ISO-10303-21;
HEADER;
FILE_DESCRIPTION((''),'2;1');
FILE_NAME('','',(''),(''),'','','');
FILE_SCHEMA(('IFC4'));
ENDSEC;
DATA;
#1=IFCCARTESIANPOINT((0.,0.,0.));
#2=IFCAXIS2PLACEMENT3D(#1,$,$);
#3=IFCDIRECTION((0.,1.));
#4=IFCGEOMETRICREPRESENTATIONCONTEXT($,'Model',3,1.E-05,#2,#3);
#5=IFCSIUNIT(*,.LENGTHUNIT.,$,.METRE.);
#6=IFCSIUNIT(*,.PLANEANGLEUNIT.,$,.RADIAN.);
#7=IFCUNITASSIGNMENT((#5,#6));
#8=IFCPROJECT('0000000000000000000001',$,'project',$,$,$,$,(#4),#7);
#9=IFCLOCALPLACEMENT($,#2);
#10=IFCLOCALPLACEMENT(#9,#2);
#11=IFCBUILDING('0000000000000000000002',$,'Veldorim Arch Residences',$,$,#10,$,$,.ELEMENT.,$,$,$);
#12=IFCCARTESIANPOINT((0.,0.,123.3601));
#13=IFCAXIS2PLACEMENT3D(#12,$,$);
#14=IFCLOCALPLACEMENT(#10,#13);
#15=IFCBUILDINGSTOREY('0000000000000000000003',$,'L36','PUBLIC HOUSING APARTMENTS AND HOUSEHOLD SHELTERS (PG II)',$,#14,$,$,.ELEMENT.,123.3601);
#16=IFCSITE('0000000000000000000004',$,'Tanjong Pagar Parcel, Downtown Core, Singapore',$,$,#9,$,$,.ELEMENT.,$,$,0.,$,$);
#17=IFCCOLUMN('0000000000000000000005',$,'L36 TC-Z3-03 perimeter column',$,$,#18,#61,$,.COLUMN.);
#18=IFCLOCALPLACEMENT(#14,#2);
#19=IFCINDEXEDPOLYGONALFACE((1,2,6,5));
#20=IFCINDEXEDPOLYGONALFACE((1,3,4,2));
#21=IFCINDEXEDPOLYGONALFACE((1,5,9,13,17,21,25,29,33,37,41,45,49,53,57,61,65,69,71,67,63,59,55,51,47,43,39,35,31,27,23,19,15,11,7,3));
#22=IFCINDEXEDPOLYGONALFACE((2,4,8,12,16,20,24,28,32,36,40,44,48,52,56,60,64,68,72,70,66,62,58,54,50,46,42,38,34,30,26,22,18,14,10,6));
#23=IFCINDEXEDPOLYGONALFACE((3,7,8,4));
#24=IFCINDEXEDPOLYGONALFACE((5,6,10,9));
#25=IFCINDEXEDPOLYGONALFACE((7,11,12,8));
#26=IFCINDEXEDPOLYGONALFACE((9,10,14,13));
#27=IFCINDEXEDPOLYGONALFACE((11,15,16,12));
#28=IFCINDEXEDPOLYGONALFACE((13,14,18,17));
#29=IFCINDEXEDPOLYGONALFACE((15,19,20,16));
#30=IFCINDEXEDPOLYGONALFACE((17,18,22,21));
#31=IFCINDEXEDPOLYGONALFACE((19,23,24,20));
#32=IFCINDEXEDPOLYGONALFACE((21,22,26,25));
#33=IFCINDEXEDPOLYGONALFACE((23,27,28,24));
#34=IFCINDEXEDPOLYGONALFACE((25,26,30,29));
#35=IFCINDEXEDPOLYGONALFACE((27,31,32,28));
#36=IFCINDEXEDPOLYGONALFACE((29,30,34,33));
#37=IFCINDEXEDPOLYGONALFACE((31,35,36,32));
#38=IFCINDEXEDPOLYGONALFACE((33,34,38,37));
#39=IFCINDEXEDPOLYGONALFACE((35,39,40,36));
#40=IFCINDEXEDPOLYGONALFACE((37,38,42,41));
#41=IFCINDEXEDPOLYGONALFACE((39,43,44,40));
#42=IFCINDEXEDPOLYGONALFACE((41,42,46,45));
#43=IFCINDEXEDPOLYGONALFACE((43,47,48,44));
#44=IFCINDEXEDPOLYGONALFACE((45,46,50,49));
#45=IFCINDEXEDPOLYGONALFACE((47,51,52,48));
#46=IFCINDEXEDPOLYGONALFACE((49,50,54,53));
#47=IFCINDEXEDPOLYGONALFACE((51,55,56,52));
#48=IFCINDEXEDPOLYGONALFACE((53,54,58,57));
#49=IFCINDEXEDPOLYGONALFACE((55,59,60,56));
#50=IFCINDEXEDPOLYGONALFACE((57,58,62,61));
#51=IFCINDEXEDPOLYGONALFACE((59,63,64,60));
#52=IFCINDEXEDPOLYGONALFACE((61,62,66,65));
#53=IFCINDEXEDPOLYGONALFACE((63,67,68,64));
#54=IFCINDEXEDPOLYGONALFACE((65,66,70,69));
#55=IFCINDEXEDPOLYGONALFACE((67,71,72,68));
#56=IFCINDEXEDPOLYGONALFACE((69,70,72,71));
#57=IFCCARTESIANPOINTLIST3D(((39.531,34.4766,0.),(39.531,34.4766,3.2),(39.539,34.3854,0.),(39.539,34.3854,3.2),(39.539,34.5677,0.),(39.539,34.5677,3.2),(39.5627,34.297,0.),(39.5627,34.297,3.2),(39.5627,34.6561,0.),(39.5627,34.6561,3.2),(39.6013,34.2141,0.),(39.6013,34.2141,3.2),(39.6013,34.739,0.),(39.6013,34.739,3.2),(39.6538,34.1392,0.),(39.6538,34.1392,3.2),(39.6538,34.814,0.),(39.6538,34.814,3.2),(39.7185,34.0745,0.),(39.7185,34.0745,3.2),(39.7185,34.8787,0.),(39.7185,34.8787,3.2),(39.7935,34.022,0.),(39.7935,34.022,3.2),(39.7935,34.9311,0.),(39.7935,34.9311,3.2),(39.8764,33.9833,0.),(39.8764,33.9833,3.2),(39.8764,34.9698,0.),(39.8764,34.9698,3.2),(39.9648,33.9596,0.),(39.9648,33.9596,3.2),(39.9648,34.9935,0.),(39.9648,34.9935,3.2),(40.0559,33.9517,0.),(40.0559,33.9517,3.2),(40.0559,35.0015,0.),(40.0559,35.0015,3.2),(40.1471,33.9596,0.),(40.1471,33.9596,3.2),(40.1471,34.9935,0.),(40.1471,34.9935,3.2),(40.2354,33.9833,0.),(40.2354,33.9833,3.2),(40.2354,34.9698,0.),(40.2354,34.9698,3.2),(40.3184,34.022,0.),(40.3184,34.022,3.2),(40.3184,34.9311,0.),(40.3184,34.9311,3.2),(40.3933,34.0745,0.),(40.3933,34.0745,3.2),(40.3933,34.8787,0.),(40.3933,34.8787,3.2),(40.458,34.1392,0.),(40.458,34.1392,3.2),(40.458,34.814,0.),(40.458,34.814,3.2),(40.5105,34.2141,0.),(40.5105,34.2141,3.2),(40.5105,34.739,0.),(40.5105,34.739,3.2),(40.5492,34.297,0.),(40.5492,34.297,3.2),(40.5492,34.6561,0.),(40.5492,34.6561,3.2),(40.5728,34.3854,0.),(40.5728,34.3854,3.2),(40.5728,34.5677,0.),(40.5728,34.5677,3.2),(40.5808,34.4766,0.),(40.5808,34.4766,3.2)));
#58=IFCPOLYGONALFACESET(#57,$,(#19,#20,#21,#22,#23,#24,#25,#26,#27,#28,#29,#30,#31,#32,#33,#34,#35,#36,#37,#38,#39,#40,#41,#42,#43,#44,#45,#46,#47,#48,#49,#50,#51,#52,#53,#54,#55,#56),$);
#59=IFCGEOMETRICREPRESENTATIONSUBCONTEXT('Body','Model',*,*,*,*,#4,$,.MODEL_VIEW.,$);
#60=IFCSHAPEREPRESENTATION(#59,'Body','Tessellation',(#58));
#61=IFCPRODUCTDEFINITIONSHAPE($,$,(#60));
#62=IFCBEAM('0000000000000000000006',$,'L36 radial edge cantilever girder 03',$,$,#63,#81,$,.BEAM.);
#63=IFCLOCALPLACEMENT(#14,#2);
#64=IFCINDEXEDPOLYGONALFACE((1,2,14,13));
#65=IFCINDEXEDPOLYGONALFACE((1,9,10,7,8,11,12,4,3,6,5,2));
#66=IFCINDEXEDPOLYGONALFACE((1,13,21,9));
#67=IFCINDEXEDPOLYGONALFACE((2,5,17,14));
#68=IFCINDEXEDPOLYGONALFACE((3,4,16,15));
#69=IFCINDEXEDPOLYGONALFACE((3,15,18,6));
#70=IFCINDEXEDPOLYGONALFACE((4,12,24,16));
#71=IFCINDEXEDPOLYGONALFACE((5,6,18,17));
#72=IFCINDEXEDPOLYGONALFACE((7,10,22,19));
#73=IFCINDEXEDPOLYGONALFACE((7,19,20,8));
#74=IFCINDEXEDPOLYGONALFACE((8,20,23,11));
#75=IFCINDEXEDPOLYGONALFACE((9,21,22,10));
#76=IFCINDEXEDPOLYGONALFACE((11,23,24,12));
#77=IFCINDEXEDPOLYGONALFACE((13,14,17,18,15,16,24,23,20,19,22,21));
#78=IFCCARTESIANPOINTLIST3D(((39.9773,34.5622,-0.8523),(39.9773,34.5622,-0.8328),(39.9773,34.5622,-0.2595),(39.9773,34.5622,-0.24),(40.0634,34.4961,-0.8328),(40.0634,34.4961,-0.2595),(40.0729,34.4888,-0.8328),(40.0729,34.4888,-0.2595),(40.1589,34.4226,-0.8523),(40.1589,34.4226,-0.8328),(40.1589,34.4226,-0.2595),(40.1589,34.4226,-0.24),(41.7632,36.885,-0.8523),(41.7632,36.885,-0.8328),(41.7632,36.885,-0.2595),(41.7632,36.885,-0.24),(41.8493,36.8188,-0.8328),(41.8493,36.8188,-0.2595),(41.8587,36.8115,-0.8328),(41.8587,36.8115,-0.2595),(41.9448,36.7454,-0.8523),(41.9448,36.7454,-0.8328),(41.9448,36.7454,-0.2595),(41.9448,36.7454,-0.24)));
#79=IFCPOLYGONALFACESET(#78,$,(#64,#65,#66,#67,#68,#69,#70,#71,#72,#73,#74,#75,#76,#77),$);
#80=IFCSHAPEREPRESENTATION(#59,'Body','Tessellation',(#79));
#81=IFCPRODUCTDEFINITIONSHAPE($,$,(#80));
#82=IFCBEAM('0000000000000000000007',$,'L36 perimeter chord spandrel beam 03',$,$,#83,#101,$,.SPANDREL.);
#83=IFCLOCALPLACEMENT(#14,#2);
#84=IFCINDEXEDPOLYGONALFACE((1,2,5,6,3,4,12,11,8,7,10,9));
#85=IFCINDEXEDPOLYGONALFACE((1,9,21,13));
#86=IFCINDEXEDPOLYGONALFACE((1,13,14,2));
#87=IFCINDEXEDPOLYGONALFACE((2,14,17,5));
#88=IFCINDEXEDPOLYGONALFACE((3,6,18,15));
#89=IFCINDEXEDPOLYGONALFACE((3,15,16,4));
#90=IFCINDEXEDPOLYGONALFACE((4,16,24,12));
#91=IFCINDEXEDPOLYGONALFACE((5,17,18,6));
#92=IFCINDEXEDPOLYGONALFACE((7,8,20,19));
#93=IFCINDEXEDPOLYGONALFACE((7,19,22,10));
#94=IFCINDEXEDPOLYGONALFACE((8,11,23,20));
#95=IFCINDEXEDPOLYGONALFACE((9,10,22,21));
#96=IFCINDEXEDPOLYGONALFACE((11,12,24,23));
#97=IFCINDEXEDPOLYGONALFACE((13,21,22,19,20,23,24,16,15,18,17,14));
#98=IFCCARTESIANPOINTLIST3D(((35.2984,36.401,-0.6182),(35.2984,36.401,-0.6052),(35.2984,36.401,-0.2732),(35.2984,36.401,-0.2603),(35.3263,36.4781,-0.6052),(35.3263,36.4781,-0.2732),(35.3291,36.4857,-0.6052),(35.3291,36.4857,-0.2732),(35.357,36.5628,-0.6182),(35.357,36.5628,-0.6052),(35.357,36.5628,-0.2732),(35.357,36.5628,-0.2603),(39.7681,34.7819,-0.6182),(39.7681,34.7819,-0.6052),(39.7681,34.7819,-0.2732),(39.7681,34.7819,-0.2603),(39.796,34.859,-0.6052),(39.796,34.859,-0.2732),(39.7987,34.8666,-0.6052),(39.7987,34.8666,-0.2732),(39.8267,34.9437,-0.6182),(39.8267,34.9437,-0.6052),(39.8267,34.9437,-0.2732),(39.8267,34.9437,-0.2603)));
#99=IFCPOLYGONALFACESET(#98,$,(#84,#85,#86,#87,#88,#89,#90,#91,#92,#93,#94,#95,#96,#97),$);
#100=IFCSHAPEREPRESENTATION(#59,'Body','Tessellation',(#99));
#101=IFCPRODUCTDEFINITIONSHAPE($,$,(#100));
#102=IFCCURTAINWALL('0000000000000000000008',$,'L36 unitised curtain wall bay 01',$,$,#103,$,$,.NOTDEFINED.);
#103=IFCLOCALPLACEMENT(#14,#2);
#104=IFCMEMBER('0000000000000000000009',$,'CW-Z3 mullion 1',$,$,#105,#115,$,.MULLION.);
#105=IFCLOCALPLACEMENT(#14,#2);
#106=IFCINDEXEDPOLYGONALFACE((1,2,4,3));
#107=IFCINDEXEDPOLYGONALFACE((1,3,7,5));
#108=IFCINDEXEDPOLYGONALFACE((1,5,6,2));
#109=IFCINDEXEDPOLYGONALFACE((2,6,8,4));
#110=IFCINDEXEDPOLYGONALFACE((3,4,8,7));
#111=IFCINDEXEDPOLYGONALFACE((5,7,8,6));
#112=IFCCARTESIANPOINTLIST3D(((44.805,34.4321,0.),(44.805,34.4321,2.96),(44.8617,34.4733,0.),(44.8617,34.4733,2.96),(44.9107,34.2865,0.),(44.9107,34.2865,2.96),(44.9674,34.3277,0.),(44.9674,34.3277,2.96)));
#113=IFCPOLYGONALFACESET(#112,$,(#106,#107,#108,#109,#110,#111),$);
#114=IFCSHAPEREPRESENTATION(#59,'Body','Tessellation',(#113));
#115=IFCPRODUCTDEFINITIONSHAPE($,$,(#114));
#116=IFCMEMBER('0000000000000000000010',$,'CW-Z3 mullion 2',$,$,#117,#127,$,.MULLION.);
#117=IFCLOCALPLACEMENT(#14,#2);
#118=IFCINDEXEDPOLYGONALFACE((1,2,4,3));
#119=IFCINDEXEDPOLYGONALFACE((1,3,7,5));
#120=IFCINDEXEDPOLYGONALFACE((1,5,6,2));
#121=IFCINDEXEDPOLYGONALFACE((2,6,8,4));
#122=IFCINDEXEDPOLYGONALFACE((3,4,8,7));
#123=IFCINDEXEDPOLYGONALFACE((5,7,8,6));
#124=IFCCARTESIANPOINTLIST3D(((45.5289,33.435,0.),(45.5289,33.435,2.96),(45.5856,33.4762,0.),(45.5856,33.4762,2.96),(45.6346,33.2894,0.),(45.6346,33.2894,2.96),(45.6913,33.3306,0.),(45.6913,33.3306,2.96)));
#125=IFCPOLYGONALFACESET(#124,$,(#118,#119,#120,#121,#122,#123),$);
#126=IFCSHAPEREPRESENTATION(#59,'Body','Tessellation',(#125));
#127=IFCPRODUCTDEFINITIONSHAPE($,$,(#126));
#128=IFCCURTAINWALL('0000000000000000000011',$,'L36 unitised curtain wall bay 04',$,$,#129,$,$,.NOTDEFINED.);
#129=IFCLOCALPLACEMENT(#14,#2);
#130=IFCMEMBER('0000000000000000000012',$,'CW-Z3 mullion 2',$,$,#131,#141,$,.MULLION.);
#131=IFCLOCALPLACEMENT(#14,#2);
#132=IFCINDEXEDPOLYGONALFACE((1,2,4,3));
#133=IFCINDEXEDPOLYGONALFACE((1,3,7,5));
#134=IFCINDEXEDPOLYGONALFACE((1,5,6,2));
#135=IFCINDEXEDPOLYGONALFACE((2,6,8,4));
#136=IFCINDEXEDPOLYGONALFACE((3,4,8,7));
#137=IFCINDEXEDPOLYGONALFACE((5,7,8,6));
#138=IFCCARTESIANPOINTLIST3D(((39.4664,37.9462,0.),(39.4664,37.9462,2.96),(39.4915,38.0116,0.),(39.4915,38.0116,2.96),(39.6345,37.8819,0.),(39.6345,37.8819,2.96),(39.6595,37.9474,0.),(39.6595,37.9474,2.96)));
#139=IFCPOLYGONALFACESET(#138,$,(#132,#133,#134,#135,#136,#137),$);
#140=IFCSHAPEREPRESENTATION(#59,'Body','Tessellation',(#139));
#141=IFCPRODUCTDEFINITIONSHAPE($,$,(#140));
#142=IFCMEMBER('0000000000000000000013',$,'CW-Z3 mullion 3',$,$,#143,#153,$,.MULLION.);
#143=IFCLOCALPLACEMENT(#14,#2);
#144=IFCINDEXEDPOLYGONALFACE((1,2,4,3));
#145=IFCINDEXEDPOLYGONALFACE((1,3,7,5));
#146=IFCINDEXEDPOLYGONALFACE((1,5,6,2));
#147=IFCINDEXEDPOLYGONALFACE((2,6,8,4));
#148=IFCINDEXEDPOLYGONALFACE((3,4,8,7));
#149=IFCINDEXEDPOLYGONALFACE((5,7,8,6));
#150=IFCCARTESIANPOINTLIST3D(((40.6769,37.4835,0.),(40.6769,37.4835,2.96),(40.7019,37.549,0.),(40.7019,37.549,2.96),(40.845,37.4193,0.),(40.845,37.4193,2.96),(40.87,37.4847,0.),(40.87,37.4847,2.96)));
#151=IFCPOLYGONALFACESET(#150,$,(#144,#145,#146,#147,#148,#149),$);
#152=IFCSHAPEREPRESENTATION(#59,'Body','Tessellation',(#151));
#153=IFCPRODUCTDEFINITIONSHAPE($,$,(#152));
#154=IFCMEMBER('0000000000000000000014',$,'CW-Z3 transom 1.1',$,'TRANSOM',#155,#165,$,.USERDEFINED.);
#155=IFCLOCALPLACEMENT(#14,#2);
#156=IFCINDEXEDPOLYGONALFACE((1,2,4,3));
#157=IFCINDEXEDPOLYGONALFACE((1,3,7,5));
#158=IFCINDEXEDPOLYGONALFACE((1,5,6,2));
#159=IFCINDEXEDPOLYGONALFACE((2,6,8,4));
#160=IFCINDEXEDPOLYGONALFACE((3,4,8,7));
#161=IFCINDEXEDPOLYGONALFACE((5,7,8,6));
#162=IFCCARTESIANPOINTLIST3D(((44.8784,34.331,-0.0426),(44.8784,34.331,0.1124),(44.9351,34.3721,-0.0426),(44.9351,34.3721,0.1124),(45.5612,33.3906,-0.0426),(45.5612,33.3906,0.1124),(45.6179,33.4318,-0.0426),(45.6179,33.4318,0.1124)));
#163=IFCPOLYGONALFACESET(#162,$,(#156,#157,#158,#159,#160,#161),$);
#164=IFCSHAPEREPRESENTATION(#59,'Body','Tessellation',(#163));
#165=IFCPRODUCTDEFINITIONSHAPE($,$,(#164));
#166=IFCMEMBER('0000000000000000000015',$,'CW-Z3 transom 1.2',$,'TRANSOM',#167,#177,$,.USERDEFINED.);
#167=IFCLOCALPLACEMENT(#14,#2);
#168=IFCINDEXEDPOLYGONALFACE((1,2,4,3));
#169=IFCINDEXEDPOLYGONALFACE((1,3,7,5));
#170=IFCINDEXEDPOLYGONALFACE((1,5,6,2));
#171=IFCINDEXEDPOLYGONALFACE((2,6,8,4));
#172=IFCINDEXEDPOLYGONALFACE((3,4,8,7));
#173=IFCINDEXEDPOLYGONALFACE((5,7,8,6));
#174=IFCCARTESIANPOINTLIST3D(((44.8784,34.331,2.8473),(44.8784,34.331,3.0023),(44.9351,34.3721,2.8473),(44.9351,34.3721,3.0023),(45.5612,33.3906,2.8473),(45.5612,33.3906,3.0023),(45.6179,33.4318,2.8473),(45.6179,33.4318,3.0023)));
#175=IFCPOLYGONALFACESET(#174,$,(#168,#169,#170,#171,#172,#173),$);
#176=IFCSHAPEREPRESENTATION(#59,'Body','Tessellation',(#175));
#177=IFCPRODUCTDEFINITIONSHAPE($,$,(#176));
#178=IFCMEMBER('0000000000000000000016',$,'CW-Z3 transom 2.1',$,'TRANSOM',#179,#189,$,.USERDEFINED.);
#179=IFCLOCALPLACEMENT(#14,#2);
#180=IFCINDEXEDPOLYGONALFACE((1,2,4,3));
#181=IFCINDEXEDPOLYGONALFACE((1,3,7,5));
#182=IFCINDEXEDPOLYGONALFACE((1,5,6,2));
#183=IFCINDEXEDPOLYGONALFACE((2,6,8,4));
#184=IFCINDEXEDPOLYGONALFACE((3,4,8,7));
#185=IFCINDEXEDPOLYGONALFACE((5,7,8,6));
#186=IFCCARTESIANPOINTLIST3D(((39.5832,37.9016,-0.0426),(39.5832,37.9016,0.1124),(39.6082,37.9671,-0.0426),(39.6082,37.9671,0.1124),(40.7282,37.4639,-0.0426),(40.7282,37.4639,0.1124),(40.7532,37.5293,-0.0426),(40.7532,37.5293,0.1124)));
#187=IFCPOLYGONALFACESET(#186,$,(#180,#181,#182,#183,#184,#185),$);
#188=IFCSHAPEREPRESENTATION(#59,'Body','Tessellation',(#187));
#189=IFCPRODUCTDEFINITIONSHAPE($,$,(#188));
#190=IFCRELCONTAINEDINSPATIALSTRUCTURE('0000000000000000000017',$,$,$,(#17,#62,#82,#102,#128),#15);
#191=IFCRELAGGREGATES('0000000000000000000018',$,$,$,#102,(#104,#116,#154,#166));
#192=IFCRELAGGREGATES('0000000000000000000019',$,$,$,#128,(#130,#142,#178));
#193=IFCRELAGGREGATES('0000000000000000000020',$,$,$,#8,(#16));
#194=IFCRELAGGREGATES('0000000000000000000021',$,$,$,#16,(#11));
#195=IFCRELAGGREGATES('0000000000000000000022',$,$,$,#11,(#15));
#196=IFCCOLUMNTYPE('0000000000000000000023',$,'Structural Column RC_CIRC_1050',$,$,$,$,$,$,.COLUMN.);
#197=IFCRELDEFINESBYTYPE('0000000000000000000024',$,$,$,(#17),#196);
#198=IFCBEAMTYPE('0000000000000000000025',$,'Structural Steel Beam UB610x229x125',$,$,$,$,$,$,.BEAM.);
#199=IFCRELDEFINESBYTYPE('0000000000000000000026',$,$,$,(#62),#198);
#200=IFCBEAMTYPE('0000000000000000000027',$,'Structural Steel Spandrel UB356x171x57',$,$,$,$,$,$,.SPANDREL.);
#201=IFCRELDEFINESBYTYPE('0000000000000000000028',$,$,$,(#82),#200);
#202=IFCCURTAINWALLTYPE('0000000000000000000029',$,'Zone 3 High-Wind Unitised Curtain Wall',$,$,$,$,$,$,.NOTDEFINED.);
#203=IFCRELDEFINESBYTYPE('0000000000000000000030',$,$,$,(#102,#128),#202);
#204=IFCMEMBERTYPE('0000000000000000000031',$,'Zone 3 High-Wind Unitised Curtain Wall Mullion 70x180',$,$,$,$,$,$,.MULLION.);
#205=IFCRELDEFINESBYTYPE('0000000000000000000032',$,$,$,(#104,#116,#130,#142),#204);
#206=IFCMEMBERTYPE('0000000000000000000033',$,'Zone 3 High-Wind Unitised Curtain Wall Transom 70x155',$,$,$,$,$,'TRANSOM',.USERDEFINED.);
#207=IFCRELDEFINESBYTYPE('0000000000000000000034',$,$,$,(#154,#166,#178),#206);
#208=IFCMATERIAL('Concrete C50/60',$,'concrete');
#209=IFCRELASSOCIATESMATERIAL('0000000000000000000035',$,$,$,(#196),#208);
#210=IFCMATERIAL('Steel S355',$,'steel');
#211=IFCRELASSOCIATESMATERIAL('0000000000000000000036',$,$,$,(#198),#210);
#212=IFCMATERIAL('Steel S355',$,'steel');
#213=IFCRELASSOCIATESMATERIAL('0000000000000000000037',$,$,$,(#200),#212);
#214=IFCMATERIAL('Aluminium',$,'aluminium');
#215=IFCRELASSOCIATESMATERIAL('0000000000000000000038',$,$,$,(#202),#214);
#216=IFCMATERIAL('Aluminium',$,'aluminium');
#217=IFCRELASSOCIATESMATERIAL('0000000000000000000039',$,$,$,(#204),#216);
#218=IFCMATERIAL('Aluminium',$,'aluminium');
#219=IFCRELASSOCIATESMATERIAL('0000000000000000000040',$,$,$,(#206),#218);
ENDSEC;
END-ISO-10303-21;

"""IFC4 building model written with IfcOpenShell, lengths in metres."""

from ifc_helpers import new_model, si_unit, direction, frame, origin, origin_2d, place, context, subcontext, project, spatial, rectangle, circle, i_section, extrude, material, material_profile, profile_set, type_object, element, aggregate, save


model = new_model("IFC4")

# Units and contexts
model_context = context("Model", 3, precision=1e-05, world=origin(), true_north=direction((0.0, 1.0)))
body_context = subcontext(model_context, "Body", "Model", "MODEL_VIEW")
ifc_project = project(units=[si_unit("LENGTHUNIT", "METRE"), si_unit("PLANEANGLEUNIT", "RADIAN")], contexts=[model_context])

# Site, building, storey
site_placement = place(None, origin())
site = spatial("IfcSite", under=ifc_project, at=site_placement, Name="Tanjong Pagar Parcel, Downtown Core, Singapore", CompositionType="ELEMENT", RefElevation=0.0)
building_placement = place(site_placement, origin())
building = spatial("IfcBuilding", under=site, at=building_placement, Name="Veldorim Arch Residences", CompositionType="ELEMENT")
storey_placement = place(building_placement, frame((0.0, 0.0, 123.3601)))
storey = spatial("IfcBuildingStorey", under=building, at=storey_placement, Name="L36", Description="PUBLIC HOUSING APARTMENTS AND HOUSEHOLD SHELTERS (PG II)", CompositionType="ELEMENT", Elevation=123.3601)

# Column
ifc_material_1 = material(Name="Concrete C50/60", Category="concrete")
ifc_material_profile_1 = material_profile(ifc_material_1, circle(Radius=0.5249, at=origin_2d()), Name="RC_CIRC_1050")
ifc_profile_set_1 = profile_set([ifc_material_profile_1], Name="Concrete C50/60")
column_type = type_object("IfcColumnType", Name="Structural Column RC_CIRC_1050", PredefinedType="COLUMN", material=ifc_profile_set_1)
column_placement = place(storey_placement, frame((40.0559, 34.4766, 0.0), z_axis=(0.0, 0.0, 1.0), x_axis=(1.0, 0.0, 0.0)))
element("IfcColumn", 1, at=column_placement, inside=storey, type_object=column_type, Name="L36 TC-Z3-03 perimeter column", PredefinedType="COLUMN", context=body_context, shape_type="SweptSolid", body=[
    extrude(circle(Radius=0.5249, at=origin_2d()), origin(), (0.0, 0.0, 1.0), 3.2),
])

# Beams
ifc_material_2 = material(Name="Steel S355", Category="steel")
ifc_material_profile_2 = material_profile(ifc_material_2, i_section(OverallWidth=0.229, OverallDepth=0.6123, WebThickness=0.012, FlangeThickness=0.0195, at=origin_2d()), Name="UB610x229x125")
ifc_profile_set_2 = profile_set([ifc_material_profile_2], Name="Steel S355")
beam_type_1 = type_object("IfcBeamType", Name="Structural Steel Beam UB610x229x125", PredefinedType="BEAM", material=ifc_profile_set_2)
beam_1_placement = place(storey_placement, frame((40.0681, 34.4924, -0.5461), z_axis=(0.60953, 0.792763, 0.0), x_axis=(-0.792763, 0.60953, 0.0)))
element("IfcBeam", 2, at=beam_1_placement, inside=storey, type_object=beam_type_1, Name="L36 radial edge cantilever girder 03", PredefinedType="BEAM", context=body_context, shape_type="SweptSolid", body=[
    extrude(i_section(OverallWidth=0.229, OverallDepth=0.6123, WebThickness=0.012, FlangeThickness=0.0195, at=origin_2d()), origin(), (0.0, 0.0, 1.0), 2.9299),
])
ifc_material_3 = material(Name="Steel S355", Category="steel")
ifc_material_profile_3 = material_profile(ifc_material_3, i_section(OverallWidth=0.1721, OverallDepth=0.3579, WebThickness=0.0081, FlangeThickness=0.0129, at=origin_2d()), Name="UB356x171x57")
ifc_profile_set_3 = profile_set([ifc_material_profile_3], Name="Steel S355")
beam_type_2 = type_object("IfcBeamType", Name="Structural Steel Spandrel UB356x171x57", PredefinedType="SPANDREL", material=ifc_profile_set_3)
beam_2_placement = place(storey_placement, frame((39.7974, 34.8628, -0.4392), z_axis=(-0.940213, 0.340588, 0.0), x_axis=(-0.340588, -0.940213, 0.0)))
element("IfcBeam", 3, at=beam_2_placement, inside=storey, type_object=beam_type_2, Name="L36 perimeter chord spandrel beam 03", PredefinedType="SPANDREL", context=body_context, shape_type="SweptSolid", body=[
    extrude(i_section(OverallWidth=0.1721, OverallDepth=0.3579, WebThickness=0.0081, FlangeThickness=0.0129, at=origin_2d()), origin(), (0.0, 0.0, 1.0), 4.7539),
])

# Curtain walls, members
ifc_material_4 = material(Name="Aluminium", Category="aluminium")
curtain_wall_type = type_object("IfcCurtainWallType", Name="Zone 3 High-Wind Unitised Curtain Wall", PredefinedType="NOTDEFINED", material=ifc_material_4)
curtain_wall_1_placement = place(storey_placement, origin())
curtain_wall_1 = element("IfcCurtainWall", 4, at=curtain_wall_1_placement, inside=storey, type_object=curtain_wall_type, Name="L36 unitised curtain wall bay 01", PredefinedType="NOTDEFINED")
ifc_material_5 = material(Name="Aluminium", Category="aluminium")
ifc_material_profile_4 = material_profile(ifc_material_5, rectangle(XDim=0.0701, YDim=0.1799, at=origin_2d()), Name="ALU_MUL_70x180")
ifc_profile_set_4 = profile_set([ifc_material_profile_4], Name="Aluminium")
member_type_1 = type_object("IfcMemberType", Name="Zone 3 High-Wind Unitised Curtain Wall Mullion 70x180", PredefinedType="MULLION", material=ifc_profile_set_4)
member_1_placement = place(storey_placement, frame((44.8862, 34.3799, 0.0), z_axis=(0.0, 0.0, 1.0), x_axis=(0.809162, 0.587585, 0.0)))
member_1 = element("IfcMember", 5, at=member_1_placement, type_object=member_type_1, Name="CW-Z3 mullion 1", PredefinedType="MULLION", context=body_context, shape_type="SweptSolid", body=[
    extrude(rectangle(XDim=0.0701, YDim=0.1799, at=origin_2d()), origin(), (0.0, 0.0, 1.0), 2.96),
])
member_2_placement = place(storey_placement, frame((45.6101, 33.3828, 0.0), z_axis=(0.0, 0.0, 1.0), x_axis=(0.809162, 0.587585, 0.0)))
member_2 = element("IfcMember", 6, at=member_2_placement, type_object=member_type_1, Name="CW-Z3 mullion 2", PredefinedType="MULLION", context=body_context, shape_type="SweptSolid", body=[
    extrude(rectangle(XDim=0.0701, YDim=0.1799, at=origin_2d()), origin(), (0.0, 0.0, 1.0), 2.96),
])
curtain_wall_2_placement = place(storey_placement, origin())
curtain_wall_2 = element("IfcCurtainWall", 7, at=curtain_wall_2_placement, inside=storey, type_object=curtain_wall_type, Name="L36 unitised curtain wall bay 04", PredefinedType="NOTDEFINED")
member_3_placement = place(storey_placement, frame((39.563, 37.9468, 0.0), z_axis=(0.0, 0.0, 1.0), x_axis=(0.356987, 0.934109, 0.0)))
member_3 = element("IfcMember", 8, at=member_3_placement, type_object=member_type_1, Name="CW-Z3 mullion 2", PredefinedType="MULLION", context=body_context, shape_type="SweptSolid", body=[
    extrude(rectangle(XDim=0.0701, YDim=0.1799, at=origin_2d()), origin(), (0.0, 0.0, 1.0), 2.96),
])
member_4_placement = place(storey_placement, frame((40.7734, 37.4841, 0.0), z_axis=(0.0, 0.0, 1.0), x_axis=(0.356987, 0.934109, 0.0)))
member_4 = element("IfcMember", 9, at=member_4_placement, type_object=member_type_1, Name="CW-Z3 mullion 3", PredefinedType="MULLION", context=body_context, shape_type="SweptSolid", body=[
    extrude(rectangle(XDim=0.0701, YDim=0.1799, at=origin_2d()), origin(), (0.0, 0.0, 1.0), 2.96),
])

# Members
ifc_material_6 = material(Name="Aluminium", Category="aluminium")
ifc_material_profile_5 = material_profile(ifc_material_6, rectangle(XDim=0.0701, YDim=0.155, at=origin_2d()), Name="ALU_TRN_70x155")
ifc_profile_set_5 = profile_set([ifc_material_profile_5], Name="Aluminium")
member_type_2 = type_object("IfcMemberType", Name="Zone 3 High-Wind Unitised Curtain Wall Transom 70x155", ElementType="TRANSOM", PredefinedType="USERDEFINED", material=ifc_profile_set_5)
member_5_placement = place(storey_placement, frame((44.9067, 34.3516, 0.0349), z_axis=(0.587559, -0.809181, 0.0), x_axis=(0.809181, 0.587559, 0.0)))
member_5 = element("IfcMember", 10, at=member_5_placement, type_object=member_type_2, Name="CW-Z3 transom 1.1", ObjectType="TRANSOM", PredefinedType="USERDEFINED", context=body_context, shape_type="SweptSolid", body=[
    extrude(rectangle(XDim=0.0701, YDim=0.155, at=origin_2d()), origin(), (0.0, 0.0, 1.0), 1.1621),
])
member_6_placement = place(storey_placement, frame((44.9067, 34.3516, 2.9248), z_axis=(0.587559, -0.809181, 0.0), x_axis=(0.809181, 0.587559, 0.0)))
member_6 = element("IfcMember", 11, at=member_6_placement, type_object=member_type_2, Name="CW-Z3 transom 1.2", ObjectType="TRANSOM", PredefinedType="USERDEFINED", context=body_context, shape_type="SweptSolid", body=[
    extrude(rectangle(XDim=0.0701, YDim=0.155, at=origin_2d()), origin(), (0.0, 0.0, 1.0), 1.1621),
])
member_7_placement = place(storey_placement, frame((39.5957, 37.9343, 0.0349), z_axis=(0.934067, -0.357097, 0.0), x_axis=(0.357097, 0.934067, 0.0)))
member_7 = element("IfcMember", 12, at=member_7_placement, type_object=member_type_2, Name="CW-Z3 transom 2.1", ObjectType="TRANSOM", PredefinedType="USERDEFINED", context=body_context, shape_type="SweptSolid", body=[
    extrude(rectangle(XDim=0.0701, YDim=0.155, at=origin_2d()), origin(), (0.0, 0.0, 1.0), 1.2258),
])

aggregate(curtain_wall_1, [member_1, member_2, member_5, member_6])
aggregate(curtain_wall_2, [member_3, member_4, member_7])

save(model, "model.ifc")
